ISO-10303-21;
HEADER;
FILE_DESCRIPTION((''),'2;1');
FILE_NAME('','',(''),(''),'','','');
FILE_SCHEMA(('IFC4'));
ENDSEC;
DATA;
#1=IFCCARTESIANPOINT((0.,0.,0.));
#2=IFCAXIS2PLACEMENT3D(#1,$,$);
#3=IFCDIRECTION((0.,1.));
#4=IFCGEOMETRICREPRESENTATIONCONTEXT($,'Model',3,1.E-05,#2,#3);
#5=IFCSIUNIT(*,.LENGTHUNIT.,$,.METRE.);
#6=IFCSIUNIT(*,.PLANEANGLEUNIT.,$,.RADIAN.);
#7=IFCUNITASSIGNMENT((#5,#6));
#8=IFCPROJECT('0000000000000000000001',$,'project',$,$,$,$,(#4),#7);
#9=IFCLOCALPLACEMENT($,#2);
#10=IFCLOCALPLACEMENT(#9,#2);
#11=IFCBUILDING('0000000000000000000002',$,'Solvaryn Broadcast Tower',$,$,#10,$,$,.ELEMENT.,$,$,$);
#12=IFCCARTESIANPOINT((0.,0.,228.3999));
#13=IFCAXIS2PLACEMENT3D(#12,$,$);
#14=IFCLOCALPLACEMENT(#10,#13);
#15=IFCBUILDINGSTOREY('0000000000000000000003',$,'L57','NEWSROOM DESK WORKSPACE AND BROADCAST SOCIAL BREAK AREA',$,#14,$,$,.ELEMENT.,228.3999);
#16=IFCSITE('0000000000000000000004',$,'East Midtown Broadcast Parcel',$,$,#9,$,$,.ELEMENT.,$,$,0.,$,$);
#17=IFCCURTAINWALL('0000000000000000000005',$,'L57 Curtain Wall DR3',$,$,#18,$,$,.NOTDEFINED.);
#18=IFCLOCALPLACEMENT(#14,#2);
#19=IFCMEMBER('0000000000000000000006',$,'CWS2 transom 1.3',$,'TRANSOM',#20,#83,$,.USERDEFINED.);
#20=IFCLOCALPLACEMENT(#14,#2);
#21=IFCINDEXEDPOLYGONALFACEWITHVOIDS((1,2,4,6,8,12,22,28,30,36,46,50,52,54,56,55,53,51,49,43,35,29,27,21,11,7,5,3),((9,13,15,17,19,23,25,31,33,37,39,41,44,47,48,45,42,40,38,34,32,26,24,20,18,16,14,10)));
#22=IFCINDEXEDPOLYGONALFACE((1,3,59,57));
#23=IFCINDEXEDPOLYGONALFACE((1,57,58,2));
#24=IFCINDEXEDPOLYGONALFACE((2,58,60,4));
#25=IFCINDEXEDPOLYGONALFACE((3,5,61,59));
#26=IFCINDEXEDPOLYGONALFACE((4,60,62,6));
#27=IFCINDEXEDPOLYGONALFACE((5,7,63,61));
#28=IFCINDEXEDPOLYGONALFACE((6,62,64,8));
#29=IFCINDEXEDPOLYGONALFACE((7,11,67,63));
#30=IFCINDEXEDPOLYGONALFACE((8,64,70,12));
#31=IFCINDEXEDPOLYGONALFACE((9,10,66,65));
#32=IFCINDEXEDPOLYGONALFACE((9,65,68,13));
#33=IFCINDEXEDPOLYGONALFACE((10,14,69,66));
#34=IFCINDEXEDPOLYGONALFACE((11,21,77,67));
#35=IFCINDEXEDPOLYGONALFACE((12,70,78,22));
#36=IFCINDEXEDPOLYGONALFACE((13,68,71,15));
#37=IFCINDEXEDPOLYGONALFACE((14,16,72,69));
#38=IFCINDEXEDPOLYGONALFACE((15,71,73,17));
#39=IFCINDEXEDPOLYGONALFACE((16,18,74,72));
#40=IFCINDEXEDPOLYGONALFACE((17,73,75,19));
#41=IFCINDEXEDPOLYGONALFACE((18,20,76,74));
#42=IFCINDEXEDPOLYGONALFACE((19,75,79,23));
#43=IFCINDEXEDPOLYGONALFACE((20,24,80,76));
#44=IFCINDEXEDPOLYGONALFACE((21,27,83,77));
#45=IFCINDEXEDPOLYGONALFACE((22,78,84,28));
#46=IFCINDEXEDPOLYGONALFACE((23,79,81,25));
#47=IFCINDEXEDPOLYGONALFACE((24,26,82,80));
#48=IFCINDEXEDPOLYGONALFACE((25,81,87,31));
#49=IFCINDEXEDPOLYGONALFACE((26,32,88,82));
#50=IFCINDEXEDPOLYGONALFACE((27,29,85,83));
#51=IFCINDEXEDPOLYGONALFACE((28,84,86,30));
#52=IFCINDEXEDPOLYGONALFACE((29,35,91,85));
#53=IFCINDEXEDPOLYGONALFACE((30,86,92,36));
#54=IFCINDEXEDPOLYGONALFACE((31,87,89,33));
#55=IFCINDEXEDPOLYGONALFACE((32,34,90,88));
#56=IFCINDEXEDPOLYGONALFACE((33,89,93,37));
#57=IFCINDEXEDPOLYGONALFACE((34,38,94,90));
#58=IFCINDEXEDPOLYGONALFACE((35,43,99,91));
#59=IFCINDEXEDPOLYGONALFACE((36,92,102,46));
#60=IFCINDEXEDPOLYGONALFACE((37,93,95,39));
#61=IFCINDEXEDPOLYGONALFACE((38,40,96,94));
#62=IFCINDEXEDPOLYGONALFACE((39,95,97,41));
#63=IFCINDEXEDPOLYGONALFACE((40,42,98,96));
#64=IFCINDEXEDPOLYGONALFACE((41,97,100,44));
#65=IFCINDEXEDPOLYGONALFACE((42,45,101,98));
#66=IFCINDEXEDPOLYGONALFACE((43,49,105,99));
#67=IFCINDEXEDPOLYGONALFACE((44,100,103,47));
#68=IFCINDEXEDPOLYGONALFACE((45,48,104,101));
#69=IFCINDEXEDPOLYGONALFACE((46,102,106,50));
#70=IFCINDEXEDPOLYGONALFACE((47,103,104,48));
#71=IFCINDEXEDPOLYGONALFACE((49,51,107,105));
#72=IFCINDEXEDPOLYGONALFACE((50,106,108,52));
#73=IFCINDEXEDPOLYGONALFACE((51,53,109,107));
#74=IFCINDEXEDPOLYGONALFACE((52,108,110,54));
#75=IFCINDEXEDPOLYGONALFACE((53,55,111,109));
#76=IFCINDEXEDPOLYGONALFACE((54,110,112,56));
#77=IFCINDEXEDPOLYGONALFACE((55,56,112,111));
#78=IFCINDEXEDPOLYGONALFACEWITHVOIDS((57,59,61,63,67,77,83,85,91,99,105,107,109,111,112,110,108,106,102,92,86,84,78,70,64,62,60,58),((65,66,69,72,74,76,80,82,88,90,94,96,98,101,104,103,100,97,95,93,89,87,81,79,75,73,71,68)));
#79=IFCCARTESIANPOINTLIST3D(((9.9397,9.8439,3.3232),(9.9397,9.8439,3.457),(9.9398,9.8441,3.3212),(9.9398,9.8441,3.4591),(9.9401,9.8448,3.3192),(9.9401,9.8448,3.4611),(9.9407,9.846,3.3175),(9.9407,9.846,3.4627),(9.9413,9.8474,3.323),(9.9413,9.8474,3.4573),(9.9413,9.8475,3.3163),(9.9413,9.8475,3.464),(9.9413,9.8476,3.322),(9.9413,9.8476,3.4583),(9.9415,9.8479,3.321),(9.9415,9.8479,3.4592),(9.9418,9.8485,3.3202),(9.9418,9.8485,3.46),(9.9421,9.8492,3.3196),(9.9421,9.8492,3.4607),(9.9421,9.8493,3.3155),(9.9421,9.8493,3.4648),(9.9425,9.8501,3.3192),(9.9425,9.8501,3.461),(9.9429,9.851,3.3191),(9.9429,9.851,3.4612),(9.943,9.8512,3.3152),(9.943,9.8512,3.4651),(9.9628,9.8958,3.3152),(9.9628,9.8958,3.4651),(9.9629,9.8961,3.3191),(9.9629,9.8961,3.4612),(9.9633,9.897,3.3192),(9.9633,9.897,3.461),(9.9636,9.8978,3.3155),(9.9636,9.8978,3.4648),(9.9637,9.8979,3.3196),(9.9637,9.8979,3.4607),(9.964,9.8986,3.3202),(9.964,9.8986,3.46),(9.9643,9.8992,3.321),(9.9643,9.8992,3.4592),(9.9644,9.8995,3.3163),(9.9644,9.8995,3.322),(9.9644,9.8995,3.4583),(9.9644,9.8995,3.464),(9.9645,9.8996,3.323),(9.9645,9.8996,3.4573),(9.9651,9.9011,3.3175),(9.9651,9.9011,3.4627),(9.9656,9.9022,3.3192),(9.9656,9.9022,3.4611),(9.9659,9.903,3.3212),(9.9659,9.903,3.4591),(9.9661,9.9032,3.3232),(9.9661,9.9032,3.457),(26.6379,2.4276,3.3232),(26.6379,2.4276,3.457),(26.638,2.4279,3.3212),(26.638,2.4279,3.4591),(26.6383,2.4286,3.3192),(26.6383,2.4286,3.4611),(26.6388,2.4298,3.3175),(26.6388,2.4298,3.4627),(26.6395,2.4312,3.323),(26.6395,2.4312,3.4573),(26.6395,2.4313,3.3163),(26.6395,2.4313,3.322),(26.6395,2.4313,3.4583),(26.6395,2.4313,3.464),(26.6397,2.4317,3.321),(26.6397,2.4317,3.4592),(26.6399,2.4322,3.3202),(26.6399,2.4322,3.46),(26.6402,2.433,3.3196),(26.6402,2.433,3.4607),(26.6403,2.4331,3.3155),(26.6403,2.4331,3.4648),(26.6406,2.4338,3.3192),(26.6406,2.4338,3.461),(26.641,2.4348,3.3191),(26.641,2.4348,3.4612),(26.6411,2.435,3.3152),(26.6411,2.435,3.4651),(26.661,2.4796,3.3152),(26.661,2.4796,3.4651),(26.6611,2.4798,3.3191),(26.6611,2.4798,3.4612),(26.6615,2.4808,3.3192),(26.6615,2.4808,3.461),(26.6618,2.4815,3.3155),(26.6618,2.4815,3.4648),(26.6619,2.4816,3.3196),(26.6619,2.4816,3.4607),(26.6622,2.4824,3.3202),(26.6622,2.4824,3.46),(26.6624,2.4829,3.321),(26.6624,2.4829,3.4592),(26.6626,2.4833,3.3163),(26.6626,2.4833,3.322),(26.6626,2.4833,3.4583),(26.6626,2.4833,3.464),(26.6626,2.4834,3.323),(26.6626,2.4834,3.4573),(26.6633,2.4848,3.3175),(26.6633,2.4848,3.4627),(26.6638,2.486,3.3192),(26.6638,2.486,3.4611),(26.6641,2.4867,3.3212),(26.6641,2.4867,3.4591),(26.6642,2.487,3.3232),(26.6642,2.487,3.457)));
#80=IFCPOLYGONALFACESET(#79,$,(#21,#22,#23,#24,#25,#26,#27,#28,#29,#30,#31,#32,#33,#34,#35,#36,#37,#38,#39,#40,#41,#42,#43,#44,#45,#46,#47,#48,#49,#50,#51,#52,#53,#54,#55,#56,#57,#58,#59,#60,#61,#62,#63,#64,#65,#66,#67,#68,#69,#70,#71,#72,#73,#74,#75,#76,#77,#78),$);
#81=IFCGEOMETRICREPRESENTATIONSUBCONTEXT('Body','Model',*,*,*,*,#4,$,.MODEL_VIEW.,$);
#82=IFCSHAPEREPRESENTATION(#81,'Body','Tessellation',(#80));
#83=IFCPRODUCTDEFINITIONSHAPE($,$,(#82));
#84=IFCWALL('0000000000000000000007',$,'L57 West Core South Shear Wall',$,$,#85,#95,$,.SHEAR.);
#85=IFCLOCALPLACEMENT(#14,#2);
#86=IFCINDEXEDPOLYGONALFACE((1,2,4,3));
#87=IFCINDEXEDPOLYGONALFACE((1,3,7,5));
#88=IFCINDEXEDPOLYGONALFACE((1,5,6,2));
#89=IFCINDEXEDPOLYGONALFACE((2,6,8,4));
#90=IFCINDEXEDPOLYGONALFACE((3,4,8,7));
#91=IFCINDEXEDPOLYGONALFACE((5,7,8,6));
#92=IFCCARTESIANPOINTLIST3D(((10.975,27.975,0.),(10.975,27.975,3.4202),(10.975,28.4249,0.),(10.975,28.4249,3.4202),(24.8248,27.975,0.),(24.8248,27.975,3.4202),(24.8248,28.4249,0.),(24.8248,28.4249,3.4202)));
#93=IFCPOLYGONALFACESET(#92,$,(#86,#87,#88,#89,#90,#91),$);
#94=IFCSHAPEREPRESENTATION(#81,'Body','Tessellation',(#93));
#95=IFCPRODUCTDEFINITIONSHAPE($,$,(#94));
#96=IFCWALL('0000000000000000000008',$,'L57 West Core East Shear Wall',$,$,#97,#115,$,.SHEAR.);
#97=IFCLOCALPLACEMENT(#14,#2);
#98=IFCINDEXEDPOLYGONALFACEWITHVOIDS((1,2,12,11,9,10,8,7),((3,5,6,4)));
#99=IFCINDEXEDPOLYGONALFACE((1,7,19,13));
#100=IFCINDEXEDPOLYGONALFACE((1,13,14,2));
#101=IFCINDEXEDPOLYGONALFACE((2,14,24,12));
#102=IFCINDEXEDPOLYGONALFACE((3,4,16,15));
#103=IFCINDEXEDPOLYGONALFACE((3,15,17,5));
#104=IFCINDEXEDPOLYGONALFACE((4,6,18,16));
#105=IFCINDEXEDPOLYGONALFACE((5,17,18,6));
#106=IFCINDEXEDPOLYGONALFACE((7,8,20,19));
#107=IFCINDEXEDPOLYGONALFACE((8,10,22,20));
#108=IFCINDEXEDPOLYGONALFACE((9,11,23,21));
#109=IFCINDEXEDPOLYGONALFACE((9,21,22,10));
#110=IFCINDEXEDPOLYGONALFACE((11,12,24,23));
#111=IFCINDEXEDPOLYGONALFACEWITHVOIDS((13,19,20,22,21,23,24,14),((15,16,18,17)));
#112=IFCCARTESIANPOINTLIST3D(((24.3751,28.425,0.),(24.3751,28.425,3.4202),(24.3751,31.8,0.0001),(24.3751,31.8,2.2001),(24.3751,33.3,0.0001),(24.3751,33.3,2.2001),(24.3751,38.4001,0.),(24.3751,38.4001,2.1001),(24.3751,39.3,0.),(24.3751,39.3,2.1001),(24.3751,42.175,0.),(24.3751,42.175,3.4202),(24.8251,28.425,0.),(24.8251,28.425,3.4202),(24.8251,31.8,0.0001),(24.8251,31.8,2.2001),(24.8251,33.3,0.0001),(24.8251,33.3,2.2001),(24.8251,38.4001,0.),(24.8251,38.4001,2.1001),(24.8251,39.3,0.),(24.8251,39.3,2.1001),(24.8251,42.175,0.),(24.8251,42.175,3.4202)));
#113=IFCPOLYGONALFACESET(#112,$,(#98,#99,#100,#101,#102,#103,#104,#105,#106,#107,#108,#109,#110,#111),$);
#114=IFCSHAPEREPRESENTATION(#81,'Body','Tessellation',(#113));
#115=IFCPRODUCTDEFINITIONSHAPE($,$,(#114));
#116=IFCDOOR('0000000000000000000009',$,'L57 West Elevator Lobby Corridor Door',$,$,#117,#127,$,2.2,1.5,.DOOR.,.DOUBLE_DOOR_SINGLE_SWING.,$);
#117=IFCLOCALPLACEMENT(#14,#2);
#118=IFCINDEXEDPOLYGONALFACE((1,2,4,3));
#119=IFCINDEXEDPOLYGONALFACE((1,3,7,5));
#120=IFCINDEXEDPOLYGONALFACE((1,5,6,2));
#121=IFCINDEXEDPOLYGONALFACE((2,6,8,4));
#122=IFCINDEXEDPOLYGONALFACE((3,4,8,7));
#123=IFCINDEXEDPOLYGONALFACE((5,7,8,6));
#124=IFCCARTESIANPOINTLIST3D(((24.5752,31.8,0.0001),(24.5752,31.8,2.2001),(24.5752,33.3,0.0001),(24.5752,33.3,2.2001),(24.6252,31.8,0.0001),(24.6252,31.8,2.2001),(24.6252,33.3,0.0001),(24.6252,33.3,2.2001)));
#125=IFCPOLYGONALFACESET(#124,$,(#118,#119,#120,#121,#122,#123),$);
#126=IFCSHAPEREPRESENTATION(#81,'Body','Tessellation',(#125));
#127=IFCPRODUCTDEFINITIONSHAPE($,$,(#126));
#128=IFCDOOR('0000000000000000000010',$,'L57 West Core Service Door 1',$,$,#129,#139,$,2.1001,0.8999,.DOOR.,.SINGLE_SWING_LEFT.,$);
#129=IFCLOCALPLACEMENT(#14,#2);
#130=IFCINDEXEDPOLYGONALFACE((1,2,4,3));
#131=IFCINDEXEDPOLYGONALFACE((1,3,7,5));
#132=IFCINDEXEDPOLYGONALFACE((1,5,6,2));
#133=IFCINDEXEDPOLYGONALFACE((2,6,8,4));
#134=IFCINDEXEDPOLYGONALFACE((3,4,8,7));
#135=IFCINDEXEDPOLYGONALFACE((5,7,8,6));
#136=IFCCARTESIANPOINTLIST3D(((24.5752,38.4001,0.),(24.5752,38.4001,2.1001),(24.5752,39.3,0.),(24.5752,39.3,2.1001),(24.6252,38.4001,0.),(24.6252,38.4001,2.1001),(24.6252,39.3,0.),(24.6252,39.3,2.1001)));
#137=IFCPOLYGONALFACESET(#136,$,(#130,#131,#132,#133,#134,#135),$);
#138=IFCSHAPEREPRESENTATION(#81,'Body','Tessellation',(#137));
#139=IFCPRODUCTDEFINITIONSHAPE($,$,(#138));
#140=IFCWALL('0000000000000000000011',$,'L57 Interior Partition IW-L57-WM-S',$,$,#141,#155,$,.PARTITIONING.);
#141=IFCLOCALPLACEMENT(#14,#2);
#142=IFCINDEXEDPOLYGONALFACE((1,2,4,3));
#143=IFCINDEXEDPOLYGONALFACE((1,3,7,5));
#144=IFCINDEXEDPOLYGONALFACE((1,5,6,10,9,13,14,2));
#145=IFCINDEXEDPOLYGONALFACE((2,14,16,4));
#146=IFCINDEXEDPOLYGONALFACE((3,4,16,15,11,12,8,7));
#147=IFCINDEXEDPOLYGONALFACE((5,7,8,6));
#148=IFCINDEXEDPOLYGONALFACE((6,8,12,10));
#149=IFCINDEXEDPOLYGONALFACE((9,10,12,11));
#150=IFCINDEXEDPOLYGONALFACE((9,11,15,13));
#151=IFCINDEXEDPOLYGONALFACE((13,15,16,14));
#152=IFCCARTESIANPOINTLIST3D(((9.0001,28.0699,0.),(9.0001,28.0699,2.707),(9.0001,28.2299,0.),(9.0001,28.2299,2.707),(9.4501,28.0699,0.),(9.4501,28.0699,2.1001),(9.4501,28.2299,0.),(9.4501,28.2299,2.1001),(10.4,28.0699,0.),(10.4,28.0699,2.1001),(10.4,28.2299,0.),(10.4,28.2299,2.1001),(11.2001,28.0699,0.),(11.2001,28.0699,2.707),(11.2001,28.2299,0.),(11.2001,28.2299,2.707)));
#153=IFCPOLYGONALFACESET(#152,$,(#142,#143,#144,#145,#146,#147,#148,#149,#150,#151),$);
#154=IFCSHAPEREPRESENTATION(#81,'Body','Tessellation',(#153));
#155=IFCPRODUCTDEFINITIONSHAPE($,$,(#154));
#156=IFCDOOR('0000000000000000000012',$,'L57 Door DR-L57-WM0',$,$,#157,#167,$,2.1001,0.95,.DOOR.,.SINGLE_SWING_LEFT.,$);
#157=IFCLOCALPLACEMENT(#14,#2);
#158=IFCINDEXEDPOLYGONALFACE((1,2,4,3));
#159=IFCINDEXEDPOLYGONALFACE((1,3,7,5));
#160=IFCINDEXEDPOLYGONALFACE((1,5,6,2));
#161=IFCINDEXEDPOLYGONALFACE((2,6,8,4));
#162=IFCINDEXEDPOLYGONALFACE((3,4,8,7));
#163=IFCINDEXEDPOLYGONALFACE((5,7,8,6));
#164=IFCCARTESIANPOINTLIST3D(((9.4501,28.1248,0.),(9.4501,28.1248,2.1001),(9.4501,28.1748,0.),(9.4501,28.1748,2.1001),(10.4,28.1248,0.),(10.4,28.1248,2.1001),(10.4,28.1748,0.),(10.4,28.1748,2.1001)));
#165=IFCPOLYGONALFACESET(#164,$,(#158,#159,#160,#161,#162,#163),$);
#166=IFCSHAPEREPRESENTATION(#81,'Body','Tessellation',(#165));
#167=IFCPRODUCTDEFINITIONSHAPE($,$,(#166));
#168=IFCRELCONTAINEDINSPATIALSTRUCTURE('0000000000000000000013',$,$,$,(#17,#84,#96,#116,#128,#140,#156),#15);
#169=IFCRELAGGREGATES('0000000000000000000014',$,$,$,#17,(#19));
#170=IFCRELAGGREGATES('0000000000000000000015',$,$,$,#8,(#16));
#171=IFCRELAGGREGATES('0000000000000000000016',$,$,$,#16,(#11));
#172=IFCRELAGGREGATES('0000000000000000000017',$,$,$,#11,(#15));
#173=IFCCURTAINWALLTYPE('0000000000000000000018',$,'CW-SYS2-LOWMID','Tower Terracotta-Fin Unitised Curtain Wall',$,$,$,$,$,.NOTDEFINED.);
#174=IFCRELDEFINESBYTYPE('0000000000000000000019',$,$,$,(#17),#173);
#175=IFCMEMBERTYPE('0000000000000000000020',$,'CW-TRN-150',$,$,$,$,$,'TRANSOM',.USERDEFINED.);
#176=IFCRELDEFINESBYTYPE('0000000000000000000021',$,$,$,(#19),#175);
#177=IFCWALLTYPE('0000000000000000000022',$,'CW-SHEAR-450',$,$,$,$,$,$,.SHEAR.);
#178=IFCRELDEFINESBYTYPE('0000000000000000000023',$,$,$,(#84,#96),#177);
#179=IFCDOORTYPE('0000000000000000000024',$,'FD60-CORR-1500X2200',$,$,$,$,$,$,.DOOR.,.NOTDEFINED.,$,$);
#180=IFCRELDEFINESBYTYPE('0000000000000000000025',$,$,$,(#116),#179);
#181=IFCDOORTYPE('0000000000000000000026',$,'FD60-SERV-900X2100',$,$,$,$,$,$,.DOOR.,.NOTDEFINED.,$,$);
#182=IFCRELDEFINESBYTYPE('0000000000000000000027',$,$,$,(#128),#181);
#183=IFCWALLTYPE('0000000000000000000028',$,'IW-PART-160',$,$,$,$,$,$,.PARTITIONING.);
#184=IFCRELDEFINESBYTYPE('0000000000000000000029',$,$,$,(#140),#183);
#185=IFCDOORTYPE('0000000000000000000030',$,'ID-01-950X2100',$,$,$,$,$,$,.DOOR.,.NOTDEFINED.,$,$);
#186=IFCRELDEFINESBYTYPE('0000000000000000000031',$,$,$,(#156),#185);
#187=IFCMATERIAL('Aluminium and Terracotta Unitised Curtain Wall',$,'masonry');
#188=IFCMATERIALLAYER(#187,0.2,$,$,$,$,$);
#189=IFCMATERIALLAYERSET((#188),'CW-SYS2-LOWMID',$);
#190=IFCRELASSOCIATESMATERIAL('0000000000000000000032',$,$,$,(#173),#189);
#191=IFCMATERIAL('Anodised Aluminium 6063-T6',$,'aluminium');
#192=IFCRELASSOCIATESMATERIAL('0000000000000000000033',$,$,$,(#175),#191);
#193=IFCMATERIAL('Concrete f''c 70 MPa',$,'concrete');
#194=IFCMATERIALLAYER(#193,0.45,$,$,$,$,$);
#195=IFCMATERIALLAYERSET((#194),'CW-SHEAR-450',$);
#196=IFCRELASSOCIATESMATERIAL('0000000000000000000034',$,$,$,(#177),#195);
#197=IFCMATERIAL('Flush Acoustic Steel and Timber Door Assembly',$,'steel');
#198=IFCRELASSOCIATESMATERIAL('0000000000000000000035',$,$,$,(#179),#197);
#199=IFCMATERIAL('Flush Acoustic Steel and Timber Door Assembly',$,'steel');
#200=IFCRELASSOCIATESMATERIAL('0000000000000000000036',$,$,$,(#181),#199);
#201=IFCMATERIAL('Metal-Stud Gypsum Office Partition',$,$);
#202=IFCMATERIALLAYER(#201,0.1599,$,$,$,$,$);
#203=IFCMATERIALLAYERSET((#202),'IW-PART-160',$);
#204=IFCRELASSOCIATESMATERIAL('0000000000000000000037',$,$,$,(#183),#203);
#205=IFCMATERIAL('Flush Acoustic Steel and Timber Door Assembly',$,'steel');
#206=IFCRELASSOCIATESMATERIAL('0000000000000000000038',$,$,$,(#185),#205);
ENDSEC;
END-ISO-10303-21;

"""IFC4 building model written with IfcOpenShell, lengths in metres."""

from ifc_helpers import new_model, si_unit, direction, frame, frame_2d, origin, origin_2d, place, context, subcontext, project, spatial, rectangle, hollow_rectangle, extrude, material, layer, layer_set, material_profile, profile_set, type_object, element, fill, aggregate, save


model = new_model("IFC4")

# Units and contexts
model_context = context("Model", 3, precision=1e-05, world=origin(), true_north=direction((0.0, 1.0)))
body_context = subcontext(model_context, "Body", "Model", "MODEL_VIEW")
ifc_project = project(units=[si_unit("LENGTHUNIT", "METRE"), si_unit("PLANEANGLEUNIT", "RADIAN")], contexts=[model_context])

# Site, building, storey
site_placement = place(None, origin())
site = spatial("IfcSite", under=ifc_project, at=site_placement, Name="East Midtown Broadcast Parcel", CompositionType="ELEMENT", RefElevation=0.0)
building_placement = place(site_placement, origin())
building = spatial("IfcBuilding", under=site, at=building_placement, Name="Solvaryn Broadcast Tower", CompositionType="ELEMENT")
storey_placement = place(building_placement, frame((0.0, 0.0, 228.3999)))
storey = spatial("IfcBuildingStorey", under=building, at=storey_placement, Name="L57", Description="NEWSROOM DESK WORKSPACE AND BROADCAST SOCIAL BREAK AREA", CompositionType="ELEMENT", Elevation=228.3999)

# Shared definitions
ifc_material_1 = material(Name="Aluminium and Terracotta Unitised Curtain Wall", Category="masonry")
ifc_layer_1 = layer(ifc_material_1, 0.2)
ifc_layer_set_1 = layer_set([ifc_layer_1], Name="CW-SYS2-LOWMID")
curtain_wall_type = type_object("IfcCurtainWallType", Name="CW-SYS2-LOWMID", Description="Tower Terracotta-Fin Unitised Curtain Wall", PredefinedType="NOTDEFINED", material=ifc_layer_set_1)

# Curtain wall, member
curtain_wall_1_placement = place(storey_placement, origin())
curtain_wall_1 = element("IfcCurtainWall", 1, at=curtain_wall_1_placement, inside=storey, type_object=curtain_wall_type, Name="L57 Curtain Wall DR3", PredefinedType="NOTDEFINED")
ifc_material_2 = material(Name="Anodised Aluminium 6063-T6", Category="aluminium")
ifc_material_profile_1 = material_profile(ifc_material_2, hollow_rectangle(XDim=0.0649, YDim=0.1499, WallThickness=0.0039, InnerFilletRadius=0.0039, OuterFilletRadius=0.0081, at=origin_2d()))
ifc_profile_set_1 = profile_set([ifc_material_profile_1], Name="Anodised Aluminium 6063-T6")
member_type_1 = type_object("IfcMemberType", Name="CW-TRN-150", ElementType="TRANSOM", PredefinedType="USERDEFINED", material=ifc_profile_set_1)
member_1_placement = place(storey_placement, frame((9.9529, 9.8735, 3.3901), z_axis=(0.913917, -0.405902, 0.0), x_axis=(0.405902, 0.913917, 0.0)))
member_1 = element("IfcMember", 2, at=member_1_placement, type_object=member_type_1, Name="CWS2 transom 1.3", ObjectType="TRANSOM", PredefinedType="USERDEFINED", context=body_context, shape_type="SweptSolid", body=[
    extrude(hollow_rectangle(XDim=0.0649, YDim=0.1499, WallThickness=0.0039, InnerFilletRadius=0.0039, OuterFilletRadius=0.0081, at=origin_2d()), origin(), (0.0, 0.0, 1.0), 18.271),
])
aggregate(curtain_wall_1, [member_1])

# Wall
ifc_material_3 = material(Name="Concrete f'c 70 MPa", Category="concrete")
ifc_layer_2 = layer(ifc_material_3, 0.45)
ifc_layer_set_2 = layer_set([ifc_layer_2], Name="CW-SHEAR-450")
wall_type_1 = type_object("IfcWallType", Name="CW-SHEAR-450", PredefinedType="SHEAR", material=ifc_layer_set_2)
wall_1_placement = place(storey_placement, frame((10.9751, 28.2, 0.0), z_axis=(0.0, 0.0, 1.0), x_axis=(1.0, 0.0, 0.0)))
element("IfcWall", 3, at=wall_1_placement, inside=storey, type_object=wall_type_1, Name="L57 West Core South Shear Wall", PredefinedType="SHEAR", context=body_context, shape_type="SweptSolid", body=[
    extrude(rectangle(XDim=13.8499, YDim=0.45, at=frame_2d((6.9248, 0.0))), origin(), (0.0, 0.0, 1.0), 3.4202),
])

# Wall, openings, doors
wall_2_placement = place(storey_placement, frame((24.6001, 28.425, 0.0), z_axis=(0.0, 0.0, 1.0), x_axis=(0.0, 1.0, 0.0)))
wall_2 = element("IfcWall", 4, at=wall_2_placement, inside=storey, type_object=wall_type_1, Name="L57 West Core East Shear Wall", PredefinedType="SHEAR", context=body_context, shape_type="SweptSolid", body=[
    extrude(rectangle(XDim=13.75, YDim=0.45, at=frame_2d((6.875, 0.0))), origin(), (0.0, 0.0, 1.0), 3.4202),
])
opening_1_placement = place(wall_2_placement, frame((3.375, 0.0, 0.0)))
opening_1 = element("IfcOpeningElement", 5, at=opening_1_placement, cuts=wall_2, PredefinedType="OPENING", context=body_context, shape_type="SweptSolid", body=[
    extrude(rectangle(XDim=1.5, YDim=2.2, at=frame_2d((0.75, 1.1001))), frame((0.0, 0.2351, 0.0), z_axis=(0.0, -1.0, 0.0), x_axis=(1.0, 0.0, 0.0)), (0.0, 0.0, 1.0), 0.47),
])
opening_2_placement = place(wall_2_placement, frame((9.9751, 0.0, 0.0)))
opening_2 = element("IfcOpeningElement", 6, at=opening_2_placement, cuts=wall_2, PredefinedType="OPENING", context=body_context, shape_type="SweptSolid", body=[
    extrude(rectangle(XDim=0.8999, YDim=2.1001, at=frame_2d((0.45, 1.05))), frame((0.0, 0.2351, 0.0), z_axis=(0.0, -1.0, 0.0), x_axis=(1.0, 0.0, 0.0)), (0.0, 0.0, 1.0), 0.47),
])
ifc_material_4 = material(Name="Flush Acoustic Steel and Timber Door Assembly", Category="steel")
door_type_1 = type_object("IfcDoorType", Name="FD60-CORR-1500X2200", OperationType="NOTDEFINED", PredefinedType="DOOR", material=ifc_material_4)
door_1_placement = place(opening_1_placement, origin())
door_1 = element("IfcDoor", 7, at=door_1_placement, inside=storey, type_object=door_type_1, Name="L57 West Elevator Lobby Corridor Door", OperationType="DOUBLE_DOOR_SINGLE_SWING", OverallHeight=2.2, OverallWidth=1.5, PredefinedType="DOOR", context=body_context, shape_type="SweptSolid", body=[
    extrude(rectangle(XDim=1.5, YDim=2.2, at=frame_2d((0.75, 1.1001))), frame((0.0, 0.0249, 0.0), z_axis=(0.0, -1.0, 0.0), x_axis=(1.0, 0.0, 0.0)), (0.0, 0.0, 1.0), 0.05),
])
fill(opening_1, door_1)
ifc_material_5 = material(Name="Flush Acoustic Steel and Timber Door Assembly", Category="steel")
door_type_2 = type_object("IfcDoorType", Name="FD60-SERV-900X2100", OperationType="NOTDEFINED", PredefinedType="DOOR", material=ifc_material_5)
door_2_placement = place(opening_2_placement, origin())
door_2 = element("IfcDoor", 8, at=door_2_placement, inside=storey, type_object=door_type_2, Name="L57 West Core Service Door 1", OperationType="SINGLE_SWING_LEFT", OverallHeight=2.1001, OverallWidth=0.8999, PredefinedType="DOOR", context=body_context, shape_type="SweptSolid", body=[
    extrude(rectangle(XDim=0.8999, YDim=2.1001, at=frame_2d((0.45, 1.05))), frame((0.0, 0.0249, 0.0), z_axis=(0.0, -1.0, 0.0), x_axis=(1.0, 0.0, 0.0)), (0.0, 0.0, 1.0), 0.05),
])
fill(opening_2, door_2)

# Wall, opening, door
ifc_material_6 = material(Name="Metal-Stud Gypsum Office Partition")
ifc_layer_3 = layer(ifc_material_6, 0.1599)
ifc_layer_set_3 = layer_set([ifc_layer_3], Name="IW-PART-160")
wall_type_2 = type_object("IfcWallType", Name="IW-PART-160", PredefinedType="PARTITIONING", material=ifc_layer_set_3)
wall_3_placement = place(storey_placement, frame((9.0, 28.1499, 0.0), z_axis=(0.0, 0.0, 1.0), x_axis=(1.0, 0.0, 0.0)))
wall_3 = element("IfcWall", 9, at=wall_3_placement, inside=storey, type_object=wall_type_2, Name="L57 Interior Partition IW-L57-WM-S", PredefinedType="PARTITIONING", context=body_context, shape_type="SweptSolid", body=[
    extrude(rectangle(XDim=2.2, YDim=0.1599, at=frame_2d((1.1001, 0.0))), origin(), (0.0, 0.0, 1.0), 2.707),
])
opening_3_placement = place(wall_3_placement, frame((0.45, 0.0, 0.0)))
opening_3 = element("IfcOpeningElement", 10, at=opening_3_placement, cuts=wall_3, PredefinedType="OPENING", context=body_context, shape_type="SweptSolid", body=[
    extrude(rectangle(XDim=0.95, YDim=2.1001, at=frame_2d((0.4751, 1.05))), frame((0.0, 0.0901, 0.0), z_axis=(0.0, -1.0, 0.0), x_axis=(1.0, 0.0, 0.0)), (0.0, 0.0, 1.0), 0.1799),
])
ifc_material_7 = material(Name="Flush Acoustic Steel and Timber Door Assembly", Category="steel")
door_type_3 = type_object("IfcDoorType", Name="ID-01-950X2100", OperationType="NOTDEFINED", PredefinedType="DOOR", material=ifc_material_7)
door_3_placement = place(opening_3_placement, origin())
door_3 = element("IfcDoor", 11, at=door_3_placement, inside=storey, type_object=door_type_3, Name="L57 Door DR-L57-WM0", OperationType="SINGLE_SWING_LEFT", OverallHeight=2.1001, OverallWidth=0.95, PredefinedType="DOOR", context=body_context, shape_type="SweptSolid", body=[
    extrude(rectangle(XDim=0.95, YDim=2.1001, at=frame_2d((0.4751, 1.05))), frame((0.0, 0.0249, 0.0), z_axis=(0.0, -1.0, 0.0), x_axis=(1.0, 0.0, 0.0)), (0.0, 0.0, 1.0), 0.05),
])
fill(opening_3, door_3)

save(model, "model.ifc")
